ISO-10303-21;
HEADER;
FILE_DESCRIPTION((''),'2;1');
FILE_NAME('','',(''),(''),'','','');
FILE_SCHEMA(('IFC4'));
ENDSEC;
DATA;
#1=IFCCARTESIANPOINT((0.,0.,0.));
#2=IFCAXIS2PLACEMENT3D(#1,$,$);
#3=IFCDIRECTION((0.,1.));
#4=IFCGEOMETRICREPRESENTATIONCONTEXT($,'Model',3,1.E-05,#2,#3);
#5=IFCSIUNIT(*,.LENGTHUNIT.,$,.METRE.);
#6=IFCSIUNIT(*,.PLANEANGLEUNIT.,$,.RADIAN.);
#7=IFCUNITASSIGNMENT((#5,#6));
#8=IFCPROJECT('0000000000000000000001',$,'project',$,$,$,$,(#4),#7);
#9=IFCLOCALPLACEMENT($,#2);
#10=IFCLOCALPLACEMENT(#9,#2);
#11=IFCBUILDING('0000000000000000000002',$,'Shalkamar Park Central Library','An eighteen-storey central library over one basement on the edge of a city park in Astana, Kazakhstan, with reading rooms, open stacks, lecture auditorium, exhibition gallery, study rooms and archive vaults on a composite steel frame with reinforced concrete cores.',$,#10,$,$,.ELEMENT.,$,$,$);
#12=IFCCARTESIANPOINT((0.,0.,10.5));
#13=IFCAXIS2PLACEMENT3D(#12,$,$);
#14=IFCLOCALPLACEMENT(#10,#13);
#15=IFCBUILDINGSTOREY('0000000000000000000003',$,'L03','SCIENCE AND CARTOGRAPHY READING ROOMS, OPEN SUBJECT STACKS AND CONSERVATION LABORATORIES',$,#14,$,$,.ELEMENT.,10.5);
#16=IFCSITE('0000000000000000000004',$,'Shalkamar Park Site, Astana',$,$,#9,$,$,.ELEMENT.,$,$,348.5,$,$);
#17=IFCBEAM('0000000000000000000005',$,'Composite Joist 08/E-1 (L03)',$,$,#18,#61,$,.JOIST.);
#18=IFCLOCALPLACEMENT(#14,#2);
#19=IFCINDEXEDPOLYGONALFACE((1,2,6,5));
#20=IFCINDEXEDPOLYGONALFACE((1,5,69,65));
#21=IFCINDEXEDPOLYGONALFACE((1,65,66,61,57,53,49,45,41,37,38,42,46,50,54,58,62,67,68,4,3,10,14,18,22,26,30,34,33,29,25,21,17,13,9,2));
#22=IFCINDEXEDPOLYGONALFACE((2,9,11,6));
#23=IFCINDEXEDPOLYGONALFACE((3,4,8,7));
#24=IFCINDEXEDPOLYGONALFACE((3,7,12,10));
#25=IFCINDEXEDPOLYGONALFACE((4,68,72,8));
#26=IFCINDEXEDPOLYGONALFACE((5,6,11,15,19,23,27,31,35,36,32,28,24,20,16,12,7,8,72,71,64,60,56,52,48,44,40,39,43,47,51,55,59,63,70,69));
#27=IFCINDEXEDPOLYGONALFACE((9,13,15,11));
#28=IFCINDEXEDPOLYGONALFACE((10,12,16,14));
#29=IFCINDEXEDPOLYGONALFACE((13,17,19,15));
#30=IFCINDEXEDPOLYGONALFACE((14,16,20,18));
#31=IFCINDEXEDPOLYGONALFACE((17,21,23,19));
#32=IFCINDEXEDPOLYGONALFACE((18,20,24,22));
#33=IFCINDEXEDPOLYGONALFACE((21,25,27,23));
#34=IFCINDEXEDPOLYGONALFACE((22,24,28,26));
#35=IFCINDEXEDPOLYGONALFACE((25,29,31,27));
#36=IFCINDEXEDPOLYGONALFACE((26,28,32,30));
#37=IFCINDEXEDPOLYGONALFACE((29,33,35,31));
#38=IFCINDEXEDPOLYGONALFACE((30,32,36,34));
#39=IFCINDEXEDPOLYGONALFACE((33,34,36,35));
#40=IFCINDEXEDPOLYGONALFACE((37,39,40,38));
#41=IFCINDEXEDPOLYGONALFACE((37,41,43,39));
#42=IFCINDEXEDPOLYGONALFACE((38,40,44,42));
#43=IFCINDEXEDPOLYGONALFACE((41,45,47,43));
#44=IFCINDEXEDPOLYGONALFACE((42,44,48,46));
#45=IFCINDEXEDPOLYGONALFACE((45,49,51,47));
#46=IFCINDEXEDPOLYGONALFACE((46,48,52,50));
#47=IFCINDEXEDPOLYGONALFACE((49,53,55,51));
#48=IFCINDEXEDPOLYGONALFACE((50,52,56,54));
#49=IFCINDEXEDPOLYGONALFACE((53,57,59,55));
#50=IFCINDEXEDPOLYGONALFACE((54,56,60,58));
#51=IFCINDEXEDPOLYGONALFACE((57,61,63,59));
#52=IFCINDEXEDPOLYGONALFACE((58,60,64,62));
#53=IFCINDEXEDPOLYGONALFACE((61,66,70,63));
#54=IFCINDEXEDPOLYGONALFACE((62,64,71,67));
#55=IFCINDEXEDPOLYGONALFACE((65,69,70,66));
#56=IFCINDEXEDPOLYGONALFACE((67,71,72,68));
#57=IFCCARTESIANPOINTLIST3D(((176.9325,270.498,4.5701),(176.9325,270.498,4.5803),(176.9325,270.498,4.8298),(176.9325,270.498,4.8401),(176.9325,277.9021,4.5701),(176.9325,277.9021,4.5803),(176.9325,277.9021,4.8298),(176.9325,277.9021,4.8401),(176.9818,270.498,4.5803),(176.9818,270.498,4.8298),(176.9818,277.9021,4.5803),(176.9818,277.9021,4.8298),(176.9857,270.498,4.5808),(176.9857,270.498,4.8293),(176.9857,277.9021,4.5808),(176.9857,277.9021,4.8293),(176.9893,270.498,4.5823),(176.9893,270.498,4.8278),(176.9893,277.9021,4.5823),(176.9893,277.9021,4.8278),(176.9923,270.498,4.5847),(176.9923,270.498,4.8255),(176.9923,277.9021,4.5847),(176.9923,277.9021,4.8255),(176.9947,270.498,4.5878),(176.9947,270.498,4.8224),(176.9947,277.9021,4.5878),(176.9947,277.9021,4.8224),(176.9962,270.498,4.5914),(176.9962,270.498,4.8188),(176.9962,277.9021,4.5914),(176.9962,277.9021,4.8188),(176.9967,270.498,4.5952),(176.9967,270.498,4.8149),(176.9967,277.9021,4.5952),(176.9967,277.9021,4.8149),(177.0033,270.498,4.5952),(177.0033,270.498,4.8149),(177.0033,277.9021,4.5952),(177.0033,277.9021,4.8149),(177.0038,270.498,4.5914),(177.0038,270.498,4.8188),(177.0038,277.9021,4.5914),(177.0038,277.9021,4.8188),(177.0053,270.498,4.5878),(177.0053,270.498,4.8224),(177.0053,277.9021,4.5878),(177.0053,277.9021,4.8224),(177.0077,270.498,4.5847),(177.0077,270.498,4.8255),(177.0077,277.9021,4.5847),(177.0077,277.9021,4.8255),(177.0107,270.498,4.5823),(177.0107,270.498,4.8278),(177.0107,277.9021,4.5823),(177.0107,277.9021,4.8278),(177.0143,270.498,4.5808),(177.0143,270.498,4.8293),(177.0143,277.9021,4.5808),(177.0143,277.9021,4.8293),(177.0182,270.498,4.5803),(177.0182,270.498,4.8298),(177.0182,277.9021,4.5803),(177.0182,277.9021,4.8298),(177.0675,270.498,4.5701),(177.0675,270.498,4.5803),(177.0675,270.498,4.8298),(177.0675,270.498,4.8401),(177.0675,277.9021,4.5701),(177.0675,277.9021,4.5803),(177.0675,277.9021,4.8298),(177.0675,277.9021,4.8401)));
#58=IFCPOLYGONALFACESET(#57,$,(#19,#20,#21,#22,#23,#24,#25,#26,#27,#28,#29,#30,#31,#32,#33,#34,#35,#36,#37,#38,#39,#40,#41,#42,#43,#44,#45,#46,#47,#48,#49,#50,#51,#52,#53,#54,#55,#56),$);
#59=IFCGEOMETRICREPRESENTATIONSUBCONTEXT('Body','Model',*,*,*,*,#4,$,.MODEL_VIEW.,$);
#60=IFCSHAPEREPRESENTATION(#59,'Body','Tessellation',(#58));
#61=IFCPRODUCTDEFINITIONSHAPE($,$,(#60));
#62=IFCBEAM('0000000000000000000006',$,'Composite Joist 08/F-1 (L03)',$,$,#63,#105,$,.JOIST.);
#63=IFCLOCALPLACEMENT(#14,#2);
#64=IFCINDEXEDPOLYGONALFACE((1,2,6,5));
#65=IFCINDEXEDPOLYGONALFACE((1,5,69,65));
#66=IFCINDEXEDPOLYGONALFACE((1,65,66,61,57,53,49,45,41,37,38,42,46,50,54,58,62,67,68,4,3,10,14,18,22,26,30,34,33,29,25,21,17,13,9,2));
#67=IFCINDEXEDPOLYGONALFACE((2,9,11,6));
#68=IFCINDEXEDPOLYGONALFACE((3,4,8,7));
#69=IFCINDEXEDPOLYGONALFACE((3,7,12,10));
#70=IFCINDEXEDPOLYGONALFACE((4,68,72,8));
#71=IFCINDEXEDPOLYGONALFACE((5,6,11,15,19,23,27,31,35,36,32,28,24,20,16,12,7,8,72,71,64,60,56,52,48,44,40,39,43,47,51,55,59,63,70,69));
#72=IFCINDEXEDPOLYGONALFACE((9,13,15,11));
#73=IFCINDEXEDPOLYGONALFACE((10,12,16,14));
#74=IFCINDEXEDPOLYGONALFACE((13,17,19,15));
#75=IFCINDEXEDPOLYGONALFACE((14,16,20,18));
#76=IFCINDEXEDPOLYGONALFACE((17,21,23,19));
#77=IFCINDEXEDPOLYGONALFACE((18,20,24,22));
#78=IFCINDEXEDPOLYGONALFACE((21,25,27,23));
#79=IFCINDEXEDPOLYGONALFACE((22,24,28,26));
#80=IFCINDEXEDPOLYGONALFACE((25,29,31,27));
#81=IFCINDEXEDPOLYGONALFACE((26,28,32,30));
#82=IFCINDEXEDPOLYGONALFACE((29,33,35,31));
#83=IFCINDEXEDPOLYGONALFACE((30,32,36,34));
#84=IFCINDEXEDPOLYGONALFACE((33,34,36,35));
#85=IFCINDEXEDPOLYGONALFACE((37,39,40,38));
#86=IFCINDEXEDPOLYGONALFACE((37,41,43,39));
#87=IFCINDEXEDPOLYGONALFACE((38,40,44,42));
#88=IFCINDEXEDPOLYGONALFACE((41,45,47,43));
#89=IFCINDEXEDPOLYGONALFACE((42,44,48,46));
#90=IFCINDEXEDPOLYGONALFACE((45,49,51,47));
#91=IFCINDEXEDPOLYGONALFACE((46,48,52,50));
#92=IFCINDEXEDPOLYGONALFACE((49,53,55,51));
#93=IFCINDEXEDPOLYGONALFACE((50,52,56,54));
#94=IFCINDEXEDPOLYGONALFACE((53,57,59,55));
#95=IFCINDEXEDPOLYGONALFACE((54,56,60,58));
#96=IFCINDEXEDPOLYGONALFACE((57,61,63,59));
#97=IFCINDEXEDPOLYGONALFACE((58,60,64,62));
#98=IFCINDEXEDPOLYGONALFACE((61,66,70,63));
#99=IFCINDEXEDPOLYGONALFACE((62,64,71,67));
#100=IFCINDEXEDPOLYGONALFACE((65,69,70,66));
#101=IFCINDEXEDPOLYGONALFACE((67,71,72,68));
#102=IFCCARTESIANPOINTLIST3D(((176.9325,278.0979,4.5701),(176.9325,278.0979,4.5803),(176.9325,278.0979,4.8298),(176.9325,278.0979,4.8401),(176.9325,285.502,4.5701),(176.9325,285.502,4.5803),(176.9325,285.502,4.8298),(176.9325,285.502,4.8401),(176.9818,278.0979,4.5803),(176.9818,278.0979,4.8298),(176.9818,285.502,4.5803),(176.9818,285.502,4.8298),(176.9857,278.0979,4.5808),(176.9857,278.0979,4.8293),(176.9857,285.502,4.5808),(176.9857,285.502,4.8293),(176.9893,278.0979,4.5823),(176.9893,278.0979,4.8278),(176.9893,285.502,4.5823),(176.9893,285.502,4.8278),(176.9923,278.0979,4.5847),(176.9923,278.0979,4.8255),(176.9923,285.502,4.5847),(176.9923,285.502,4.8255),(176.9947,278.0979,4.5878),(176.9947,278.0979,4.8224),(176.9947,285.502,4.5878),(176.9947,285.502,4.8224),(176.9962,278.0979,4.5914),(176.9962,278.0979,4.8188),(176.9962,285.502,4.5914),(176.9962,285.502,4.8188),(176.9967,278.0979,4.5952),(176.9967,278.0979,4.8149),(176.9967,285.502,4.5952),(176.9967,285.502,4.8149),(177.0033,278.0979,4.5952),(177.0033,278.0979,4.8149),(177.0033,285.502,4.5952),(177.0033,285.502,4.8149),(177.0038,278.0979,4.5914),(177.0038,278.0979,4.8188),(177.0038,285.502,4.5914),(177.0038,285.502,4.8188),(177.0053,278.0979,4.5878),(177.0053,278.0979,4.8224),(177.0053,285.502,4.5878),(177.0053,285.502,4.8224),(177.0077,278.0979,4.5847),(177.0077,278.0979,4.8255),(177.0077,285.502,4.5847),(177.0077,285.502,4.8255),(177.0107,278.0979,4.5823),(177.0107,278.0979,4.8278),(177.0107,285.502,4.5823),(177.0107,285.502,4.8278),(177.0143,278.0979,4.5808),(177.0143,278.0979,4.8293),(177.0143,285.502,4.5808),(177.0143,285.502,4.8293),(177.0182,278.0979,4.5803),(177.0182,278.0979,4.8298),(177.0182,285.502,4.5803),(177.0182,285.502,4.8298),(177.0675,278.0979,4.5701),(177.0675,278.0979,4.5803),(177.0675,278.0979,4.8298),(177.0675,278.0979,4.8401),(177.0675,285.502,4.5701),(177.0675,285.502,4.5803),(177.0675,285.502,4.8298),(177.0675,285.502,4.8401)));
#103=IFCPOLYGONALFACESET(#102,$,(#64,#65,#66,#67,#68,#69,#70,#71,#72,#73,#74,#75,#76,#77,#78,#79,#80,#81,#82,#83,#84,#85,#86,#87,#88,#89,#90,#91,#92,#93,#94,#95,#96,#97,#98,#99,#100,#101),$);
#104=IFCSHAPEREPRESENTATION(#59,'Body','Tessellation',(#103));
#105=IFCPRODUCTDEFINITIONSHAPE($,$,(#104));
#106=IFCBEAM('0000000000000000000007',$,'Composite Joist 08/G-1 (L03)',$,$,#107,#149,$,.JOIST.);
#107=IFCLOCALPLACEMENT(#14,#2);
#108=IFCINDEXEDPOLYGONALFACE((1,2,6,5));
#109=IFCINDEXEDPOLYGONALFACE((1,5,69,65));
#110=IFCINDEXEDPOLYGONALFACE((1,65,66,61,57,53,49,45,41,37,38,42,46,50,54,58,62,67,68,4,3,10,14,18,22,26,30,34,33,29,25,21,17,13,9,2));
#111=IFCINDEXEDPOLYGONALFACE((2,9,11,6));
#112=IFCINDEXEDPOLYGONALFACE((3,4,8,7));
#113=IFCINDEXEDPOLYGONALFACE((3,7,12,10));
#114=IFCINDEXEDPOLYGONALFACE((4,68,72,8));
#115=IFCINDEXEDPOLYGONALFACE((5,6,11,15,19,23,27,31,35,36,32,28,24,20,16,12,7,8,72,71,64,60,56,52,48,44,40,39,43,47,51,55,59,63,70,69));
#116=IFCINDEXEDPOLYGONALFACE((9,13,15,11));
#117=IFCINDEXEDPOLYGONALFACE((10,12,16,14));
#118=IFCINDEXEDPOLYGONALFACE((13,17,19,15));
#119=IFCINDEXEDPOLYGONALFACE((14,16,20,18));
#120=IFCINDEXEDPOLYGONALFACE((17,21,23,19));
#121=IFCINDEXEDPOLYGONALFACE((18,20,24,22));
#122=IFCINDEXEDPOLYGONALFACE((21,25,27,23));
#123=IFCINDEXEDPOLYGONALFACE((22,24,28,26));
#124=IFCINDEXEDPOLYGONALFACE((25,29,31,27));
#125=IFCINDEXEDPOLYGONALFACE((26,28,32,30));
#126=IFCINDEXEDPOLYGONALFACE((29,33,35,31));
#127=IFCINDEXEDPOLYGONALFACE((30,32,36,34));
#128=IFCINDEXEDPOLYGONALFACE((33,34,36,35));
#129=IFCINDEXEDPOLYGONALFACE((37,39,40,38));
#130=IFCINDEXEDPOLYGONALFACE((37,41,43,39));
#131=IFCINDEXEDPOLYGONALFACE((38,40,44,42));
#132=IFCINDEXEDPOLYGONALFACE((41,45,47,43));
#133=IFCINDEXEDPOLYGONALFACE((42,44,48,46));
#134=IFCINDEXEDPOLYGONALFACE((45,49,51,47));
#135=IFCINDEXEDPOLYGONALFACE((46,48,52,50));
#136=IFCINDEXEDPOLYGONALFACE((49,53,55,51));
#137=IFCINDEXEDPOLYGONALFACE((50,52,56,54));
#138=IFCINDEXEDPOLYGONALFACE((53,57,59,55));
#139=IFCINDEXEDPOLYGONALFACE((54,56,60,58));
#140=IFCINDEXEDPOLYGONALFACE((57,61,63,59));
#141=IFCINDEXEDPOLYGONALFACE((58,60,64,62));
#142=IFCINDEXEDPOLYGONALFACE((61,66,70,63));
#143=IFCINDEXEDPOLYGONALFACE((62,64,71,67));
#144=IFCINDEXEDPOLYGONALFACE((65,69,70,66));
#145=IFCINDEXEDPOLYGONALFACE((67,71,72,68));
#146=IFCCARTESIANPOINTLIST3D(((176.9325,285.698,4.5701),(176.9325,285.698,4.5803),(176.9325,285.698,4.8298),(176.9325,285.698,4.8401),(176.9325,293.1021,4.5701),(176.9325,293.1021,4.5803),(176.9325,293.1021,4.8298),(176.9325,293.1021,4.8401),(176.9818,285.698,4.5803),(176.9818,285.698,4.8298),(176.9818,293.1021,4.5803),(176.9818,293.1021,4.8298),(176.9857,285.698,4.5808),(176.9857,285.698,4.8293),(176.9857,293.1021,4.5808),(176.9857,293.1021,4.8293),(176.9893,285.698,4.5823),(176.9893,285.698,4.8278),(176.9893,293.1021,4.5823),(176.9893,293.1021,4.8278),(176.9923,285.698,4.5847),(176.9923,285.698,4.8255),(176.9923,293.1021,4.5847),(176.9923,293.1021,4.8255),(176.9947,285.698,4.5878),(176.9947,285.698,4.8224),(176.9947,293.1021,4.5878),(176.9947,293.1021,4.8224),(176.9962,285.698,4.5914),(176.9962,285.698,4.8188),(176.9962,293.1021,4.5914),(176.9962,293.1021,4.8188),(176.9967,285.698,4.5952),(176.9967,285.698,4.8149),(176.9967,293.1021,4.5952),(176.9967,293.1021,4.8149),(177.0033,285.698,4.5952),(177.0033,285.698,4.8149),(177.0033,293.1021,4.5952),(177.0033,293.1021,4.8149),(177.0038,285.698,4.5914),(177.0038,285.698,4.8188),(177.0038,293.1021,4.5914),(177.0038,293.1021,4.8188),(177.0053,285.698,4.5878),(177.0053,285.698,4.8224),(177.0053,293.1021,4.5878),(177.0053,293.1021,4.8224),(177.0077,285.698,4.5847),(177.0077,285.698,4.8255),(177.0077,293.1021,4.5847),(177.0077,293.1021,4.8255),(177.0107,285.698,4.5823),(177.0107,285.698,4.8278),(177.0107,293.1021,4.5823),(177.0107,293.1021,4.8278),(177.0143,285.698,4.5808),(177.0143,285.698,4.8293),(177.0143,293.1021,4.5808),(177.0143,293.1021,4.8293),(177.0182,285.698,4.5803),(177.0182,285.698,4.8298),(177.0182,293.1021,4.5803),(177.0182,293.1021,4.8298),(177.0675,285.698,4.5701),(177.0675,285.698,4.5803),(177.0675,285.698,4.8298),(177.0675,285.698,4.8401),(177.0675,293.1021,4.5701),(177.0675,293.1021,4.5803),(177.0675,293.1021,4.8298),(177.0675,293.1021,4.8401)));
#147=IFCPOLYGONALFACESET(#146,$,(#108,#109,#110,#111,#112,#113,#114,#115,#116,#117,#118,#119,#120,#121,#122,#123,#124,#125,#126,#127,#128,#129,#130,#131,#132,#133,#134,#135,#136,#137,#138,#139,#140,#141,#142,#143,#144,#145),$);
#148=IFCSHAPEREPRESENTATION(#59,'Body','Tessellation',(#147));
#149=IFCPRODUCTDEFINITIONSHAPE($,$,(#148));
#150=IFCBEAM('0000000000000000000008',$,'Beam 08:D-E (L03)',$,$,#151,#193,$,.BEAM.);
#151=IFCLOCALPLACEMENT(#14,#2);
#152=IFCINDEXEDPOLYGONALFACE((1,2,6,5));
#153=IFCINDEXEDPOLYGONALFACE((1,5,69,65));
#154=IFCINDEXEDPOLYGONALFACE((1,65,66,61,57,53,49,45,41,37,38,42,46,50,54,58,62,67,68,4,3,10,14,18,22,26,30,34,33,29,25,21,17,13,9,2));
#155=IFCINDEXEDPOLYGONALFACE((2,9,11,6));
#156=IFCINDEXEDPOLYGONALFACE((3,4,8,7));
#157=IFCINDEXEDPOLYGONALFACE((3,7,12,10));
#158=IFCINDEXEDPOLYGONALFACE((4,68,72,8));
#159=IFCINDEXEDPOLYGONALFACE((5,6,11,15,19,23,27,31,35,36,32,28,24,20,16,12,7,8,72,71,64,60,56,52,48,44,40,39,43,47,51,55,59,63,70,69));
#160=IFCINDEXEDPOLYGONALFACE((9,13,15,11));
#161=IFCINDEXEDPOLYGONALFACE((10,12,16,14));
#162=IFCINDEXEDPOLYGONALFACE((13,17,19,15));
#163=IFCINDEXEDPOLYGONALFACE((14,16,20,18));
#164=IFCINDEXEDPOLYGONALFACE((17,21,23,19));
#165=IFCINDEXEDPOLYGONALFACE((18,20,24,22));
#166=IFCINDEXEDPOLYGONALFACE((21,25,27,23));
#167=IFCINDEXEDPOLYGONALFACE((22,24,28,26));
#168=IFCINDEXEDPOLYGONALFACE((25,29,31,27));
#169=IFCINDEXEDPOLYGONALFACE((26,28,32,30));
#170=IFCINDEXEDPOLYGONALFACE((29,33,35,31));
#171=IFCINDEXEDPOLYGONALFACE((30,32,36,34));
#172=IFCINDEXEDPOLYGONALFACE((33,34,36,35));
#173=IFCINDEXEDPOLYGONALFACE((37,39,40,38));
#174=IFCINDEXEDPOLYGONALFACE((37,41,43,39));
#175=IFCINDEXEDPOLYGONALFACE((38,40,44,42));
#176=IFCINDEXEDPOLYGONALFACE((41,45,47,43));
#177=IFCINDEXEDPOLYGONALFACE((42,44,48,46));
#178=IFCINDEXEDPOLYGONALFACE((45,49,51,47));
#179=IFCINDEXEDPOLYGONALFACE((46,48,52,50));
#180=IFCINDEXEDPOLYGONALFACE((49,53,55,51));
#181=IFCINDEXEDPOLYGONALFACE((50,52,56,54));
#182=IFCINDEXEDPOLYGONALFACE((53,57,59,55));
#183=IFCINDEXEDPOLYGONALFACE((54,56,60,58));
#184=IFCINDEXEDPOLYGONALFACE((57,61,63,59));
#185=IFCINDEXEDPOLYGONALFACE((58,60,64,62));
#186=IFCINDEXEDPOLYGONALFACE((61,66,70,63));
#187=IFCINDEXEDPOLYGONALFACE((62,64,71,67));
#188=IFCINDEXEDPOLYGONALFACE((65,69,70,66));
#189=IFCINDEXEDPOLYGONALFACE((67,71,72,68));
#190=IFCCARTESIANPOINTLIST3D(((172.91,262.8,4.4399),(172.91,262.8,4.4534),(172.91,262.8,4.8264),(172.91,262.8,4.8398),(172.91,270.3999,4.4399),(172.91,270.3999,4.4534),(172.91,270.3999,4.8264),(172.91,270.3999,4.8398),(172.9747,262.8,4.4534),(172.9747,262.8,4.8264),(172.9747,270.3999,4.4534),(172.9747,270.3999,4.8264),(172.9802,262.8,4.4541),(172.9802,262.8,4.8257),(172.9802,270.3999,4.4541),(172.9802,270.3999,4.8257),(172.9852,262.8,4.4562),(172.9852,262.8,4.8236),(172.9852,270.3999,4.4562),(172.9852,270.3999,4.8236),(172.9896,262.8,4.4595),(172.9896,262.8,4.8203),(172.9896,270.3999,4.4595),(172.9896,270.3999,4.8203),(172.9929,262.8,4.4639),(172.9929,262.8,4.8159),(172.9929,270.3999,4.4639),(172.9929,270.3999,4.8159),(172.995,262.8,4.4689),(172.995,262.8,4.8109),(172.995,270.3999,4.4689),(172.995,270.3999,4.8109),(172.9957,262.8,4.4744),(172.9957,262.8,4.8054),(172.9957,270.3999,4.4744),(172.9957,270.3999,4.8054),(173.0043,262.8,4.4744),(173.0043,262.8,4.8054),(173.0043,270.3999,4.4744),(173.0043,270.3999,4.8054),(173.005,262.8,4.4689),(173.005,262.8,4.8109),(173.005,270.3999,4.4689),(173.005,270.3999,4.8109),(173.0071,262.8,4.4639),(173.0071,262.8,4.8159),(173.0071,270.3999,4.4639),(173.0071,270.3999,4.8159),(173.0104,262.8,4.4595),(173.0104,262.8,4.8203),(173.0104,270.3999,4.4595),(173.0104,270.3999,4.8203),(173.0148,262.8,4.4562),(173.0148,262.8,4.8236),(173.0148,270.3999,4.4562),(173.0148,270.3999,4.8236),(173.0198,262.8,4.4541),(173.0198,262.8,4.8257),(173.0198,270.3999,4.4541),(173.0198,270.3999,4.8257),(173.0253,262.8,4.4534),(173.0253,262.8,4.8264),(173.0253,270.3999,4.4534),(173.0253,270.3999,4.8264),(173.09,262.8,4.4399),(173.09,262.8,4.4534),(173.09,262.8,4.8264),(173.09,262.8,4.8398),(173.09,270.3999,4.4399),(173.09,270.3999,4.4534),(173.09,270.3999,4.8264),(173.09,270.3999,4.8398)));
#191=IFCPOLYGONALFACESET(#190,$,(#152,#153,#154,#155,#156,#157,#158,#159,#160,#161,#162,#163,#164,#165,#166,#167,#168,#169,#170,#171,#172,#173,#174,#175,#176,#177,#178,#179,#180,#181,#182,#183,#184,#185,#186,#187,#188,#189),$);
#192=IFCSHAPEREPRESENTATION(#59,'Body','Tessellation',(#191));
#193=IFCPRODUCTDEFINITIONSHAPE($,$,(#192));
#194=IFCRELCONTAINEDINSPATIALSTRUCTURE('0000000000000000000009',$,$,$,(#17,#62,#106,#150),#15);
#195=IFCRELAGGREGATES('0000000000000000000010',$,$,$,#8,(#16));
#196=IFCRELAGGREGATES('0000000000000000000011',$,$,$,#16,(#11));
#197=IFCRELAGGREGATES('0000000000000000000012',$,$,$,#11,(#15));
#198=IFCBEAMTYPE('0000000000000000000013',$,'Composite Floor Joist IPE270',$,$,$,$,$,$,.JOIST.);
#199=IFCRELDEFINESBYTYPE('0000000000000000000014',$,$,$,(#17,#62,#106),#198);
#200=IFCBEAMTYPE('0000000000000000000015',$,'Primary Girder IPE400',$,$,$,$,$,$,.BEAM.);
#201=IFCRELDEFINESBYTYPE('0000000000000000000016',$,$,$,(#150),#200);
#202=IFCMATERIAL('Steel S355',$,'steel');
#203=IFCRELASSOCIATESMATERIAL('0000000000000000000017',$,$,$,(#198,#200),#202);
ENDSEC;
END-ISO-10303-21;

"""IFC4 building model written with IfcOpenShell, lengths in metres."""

from ifc_helpers import new_model, si_unit, direction, frame, origin, origin_2d, place, context, subcontext, project, spatial, i_section, extrude, material, material_profile, profile_set, type_object, element, save


model = new_model("IFC4")

# Units and contexts
model_context = context("Model", 3, precision=1e-05, world=origin(), true_north=direction((0.0, 1.0)))
body_context = subcontext(model_context, "Body", "Model", "MODEL_VIEW")
ifc_project = project(units=[si_unit("LENGTHUNIT", "METRE"), si_unit("PLANEANGLEUNIT", "RADIAN")], contexts=[model_context])

# Site, building, storey
site_placement = place(None, origin())
site = spatial("IfcSite", under=ifc_project, at=site_placement, Name="Shalkamar Park Site, Astana", CompositionType="ELEMENT", RefElevation=348.5)
building_placement = place(site_placement, origin())
building = spatial("IfcBuilding", under=site, at=building_placement, Name="Shalkamar Park Central Library", Description="An eighteen-storey central library over one basement on the edge of a city park in Astana, Kazakhstan, with reading rooms, open stacks, lecture auditorium, exhibition gallery, study rooms and archive vaults on a composite steel frame with reinforced concrete cores.", CompositionType="ELEMENT")
storey_placement = place(building_placement, frame((0.0, 0.0, 10.5)))
storey = spatial("IfcBuildingStorey", under=building, at=storey_placement, Name="L03", Description="SCIENCE AND CARTOGRAPHY READING ROOMS, OPEN SUBJECT STACKS AND CONSERVATION LABORATORIES", CompositionType="ELEMENT", Elevation=10.5)

# Shared definitions
ifc_material = material(Name="Steel S355", Category="steel")

# Beams
ifc_material_profile_1 = material_profile(ifc_material, i_section(OverallWidth=0.135, OverallDepth=0.27, WebThickness=0.0066, FlangeThickness=0.0103, FilletRadius=0.0149, at=origin_2d()), Name="IPE 270")
ifc_profile_set_1 = profile_set([ifc_material_profile_1], Name="Steel S355")
beam_type_1 = type_object("IfcBeamType", Name="Composite Floor Joist IPE270", PredefinedType="JOIST", material=ifc_profile_set_1)
for number, where, z_axis, x_axis, name in (
    (1, (177.0, 270.498, 4.7051), (0.0, 1.0, 0.0), (-1.0, 0.0, 0.0), "Composite Joist 08/E-1 (L03)"),
    (2, (177.0, 278.0979, 4.7051), (0.0, 1.0, 0.0), (-1.0, 0.0, 0.0), "Composite Joist 08/F-1 (L03)"),
    (3, (177.0, 285.698, 4.7051), (0.0, 1.0, 0.0), (-1.0, 0.0, 0.0), "Composite Joist 08/G-1 (L03)"),
):
    element("IfcBeam", number, at=place(storey_placement, frame(where, z_axis=z_axis, x_axis=x_axis)), inside=storey, type_object=beam_type_1, Name=name, PredefinedType="JOIST", context=body_context, shape_type="SweptSolid", body=[
        extrude(i_section(OverallWidth=0.135, OverallDepth=0.27, WebThickness=0.0066, FlangeThickness=0.0103, FilletRadius=0.0149, at=origin_2d()), origin(), (0.0, 0.0, 1.0), 7.4041),
    ])
ifc_material_profile_2 = material_profile(ifc_material, i_section(OverallWidth=0.1799, OverallDepth=0.3999, WebThickness=0.0085, FlangeThickness=0.0134, FilletRadius=0.021, at=origin_2d()), Name="IPE 400")
ifc_profile_set_2 = profile_set([ifc_material_profile_2], Name="Steel S355")
beam_type_2 = type_object("IfcBeamType", Name="Primary Girder IPE400", PredefinedType="BEAM", material=ifc_profile_set_2)
beam_placement = place(storey_placement, frame((173.0, 262.8, 4.6399), z_axis=(0.0, 1.0, 0.0), x_axis=(-1.0, 0.0, 0.0)))
element("IfcBeam", 4, at=beam_placement, inside=storey, type_object=beam_type_2, Name="Beam 08:D-E (L03)", PredefinedType="BEAM", context=body_context, shape_type="SweptSolid", body=[
    extrude(i_section(OverallWidth=0.1799, OverallDepth=0.3999, WebThickness=0.0085, FlangeThickness=0.0134, FilletRadius=0.021, at=origin_2d()), origin(), (0.0, 0.0, 1.0), 7.5999),
])

save(model, "model.ifc")
